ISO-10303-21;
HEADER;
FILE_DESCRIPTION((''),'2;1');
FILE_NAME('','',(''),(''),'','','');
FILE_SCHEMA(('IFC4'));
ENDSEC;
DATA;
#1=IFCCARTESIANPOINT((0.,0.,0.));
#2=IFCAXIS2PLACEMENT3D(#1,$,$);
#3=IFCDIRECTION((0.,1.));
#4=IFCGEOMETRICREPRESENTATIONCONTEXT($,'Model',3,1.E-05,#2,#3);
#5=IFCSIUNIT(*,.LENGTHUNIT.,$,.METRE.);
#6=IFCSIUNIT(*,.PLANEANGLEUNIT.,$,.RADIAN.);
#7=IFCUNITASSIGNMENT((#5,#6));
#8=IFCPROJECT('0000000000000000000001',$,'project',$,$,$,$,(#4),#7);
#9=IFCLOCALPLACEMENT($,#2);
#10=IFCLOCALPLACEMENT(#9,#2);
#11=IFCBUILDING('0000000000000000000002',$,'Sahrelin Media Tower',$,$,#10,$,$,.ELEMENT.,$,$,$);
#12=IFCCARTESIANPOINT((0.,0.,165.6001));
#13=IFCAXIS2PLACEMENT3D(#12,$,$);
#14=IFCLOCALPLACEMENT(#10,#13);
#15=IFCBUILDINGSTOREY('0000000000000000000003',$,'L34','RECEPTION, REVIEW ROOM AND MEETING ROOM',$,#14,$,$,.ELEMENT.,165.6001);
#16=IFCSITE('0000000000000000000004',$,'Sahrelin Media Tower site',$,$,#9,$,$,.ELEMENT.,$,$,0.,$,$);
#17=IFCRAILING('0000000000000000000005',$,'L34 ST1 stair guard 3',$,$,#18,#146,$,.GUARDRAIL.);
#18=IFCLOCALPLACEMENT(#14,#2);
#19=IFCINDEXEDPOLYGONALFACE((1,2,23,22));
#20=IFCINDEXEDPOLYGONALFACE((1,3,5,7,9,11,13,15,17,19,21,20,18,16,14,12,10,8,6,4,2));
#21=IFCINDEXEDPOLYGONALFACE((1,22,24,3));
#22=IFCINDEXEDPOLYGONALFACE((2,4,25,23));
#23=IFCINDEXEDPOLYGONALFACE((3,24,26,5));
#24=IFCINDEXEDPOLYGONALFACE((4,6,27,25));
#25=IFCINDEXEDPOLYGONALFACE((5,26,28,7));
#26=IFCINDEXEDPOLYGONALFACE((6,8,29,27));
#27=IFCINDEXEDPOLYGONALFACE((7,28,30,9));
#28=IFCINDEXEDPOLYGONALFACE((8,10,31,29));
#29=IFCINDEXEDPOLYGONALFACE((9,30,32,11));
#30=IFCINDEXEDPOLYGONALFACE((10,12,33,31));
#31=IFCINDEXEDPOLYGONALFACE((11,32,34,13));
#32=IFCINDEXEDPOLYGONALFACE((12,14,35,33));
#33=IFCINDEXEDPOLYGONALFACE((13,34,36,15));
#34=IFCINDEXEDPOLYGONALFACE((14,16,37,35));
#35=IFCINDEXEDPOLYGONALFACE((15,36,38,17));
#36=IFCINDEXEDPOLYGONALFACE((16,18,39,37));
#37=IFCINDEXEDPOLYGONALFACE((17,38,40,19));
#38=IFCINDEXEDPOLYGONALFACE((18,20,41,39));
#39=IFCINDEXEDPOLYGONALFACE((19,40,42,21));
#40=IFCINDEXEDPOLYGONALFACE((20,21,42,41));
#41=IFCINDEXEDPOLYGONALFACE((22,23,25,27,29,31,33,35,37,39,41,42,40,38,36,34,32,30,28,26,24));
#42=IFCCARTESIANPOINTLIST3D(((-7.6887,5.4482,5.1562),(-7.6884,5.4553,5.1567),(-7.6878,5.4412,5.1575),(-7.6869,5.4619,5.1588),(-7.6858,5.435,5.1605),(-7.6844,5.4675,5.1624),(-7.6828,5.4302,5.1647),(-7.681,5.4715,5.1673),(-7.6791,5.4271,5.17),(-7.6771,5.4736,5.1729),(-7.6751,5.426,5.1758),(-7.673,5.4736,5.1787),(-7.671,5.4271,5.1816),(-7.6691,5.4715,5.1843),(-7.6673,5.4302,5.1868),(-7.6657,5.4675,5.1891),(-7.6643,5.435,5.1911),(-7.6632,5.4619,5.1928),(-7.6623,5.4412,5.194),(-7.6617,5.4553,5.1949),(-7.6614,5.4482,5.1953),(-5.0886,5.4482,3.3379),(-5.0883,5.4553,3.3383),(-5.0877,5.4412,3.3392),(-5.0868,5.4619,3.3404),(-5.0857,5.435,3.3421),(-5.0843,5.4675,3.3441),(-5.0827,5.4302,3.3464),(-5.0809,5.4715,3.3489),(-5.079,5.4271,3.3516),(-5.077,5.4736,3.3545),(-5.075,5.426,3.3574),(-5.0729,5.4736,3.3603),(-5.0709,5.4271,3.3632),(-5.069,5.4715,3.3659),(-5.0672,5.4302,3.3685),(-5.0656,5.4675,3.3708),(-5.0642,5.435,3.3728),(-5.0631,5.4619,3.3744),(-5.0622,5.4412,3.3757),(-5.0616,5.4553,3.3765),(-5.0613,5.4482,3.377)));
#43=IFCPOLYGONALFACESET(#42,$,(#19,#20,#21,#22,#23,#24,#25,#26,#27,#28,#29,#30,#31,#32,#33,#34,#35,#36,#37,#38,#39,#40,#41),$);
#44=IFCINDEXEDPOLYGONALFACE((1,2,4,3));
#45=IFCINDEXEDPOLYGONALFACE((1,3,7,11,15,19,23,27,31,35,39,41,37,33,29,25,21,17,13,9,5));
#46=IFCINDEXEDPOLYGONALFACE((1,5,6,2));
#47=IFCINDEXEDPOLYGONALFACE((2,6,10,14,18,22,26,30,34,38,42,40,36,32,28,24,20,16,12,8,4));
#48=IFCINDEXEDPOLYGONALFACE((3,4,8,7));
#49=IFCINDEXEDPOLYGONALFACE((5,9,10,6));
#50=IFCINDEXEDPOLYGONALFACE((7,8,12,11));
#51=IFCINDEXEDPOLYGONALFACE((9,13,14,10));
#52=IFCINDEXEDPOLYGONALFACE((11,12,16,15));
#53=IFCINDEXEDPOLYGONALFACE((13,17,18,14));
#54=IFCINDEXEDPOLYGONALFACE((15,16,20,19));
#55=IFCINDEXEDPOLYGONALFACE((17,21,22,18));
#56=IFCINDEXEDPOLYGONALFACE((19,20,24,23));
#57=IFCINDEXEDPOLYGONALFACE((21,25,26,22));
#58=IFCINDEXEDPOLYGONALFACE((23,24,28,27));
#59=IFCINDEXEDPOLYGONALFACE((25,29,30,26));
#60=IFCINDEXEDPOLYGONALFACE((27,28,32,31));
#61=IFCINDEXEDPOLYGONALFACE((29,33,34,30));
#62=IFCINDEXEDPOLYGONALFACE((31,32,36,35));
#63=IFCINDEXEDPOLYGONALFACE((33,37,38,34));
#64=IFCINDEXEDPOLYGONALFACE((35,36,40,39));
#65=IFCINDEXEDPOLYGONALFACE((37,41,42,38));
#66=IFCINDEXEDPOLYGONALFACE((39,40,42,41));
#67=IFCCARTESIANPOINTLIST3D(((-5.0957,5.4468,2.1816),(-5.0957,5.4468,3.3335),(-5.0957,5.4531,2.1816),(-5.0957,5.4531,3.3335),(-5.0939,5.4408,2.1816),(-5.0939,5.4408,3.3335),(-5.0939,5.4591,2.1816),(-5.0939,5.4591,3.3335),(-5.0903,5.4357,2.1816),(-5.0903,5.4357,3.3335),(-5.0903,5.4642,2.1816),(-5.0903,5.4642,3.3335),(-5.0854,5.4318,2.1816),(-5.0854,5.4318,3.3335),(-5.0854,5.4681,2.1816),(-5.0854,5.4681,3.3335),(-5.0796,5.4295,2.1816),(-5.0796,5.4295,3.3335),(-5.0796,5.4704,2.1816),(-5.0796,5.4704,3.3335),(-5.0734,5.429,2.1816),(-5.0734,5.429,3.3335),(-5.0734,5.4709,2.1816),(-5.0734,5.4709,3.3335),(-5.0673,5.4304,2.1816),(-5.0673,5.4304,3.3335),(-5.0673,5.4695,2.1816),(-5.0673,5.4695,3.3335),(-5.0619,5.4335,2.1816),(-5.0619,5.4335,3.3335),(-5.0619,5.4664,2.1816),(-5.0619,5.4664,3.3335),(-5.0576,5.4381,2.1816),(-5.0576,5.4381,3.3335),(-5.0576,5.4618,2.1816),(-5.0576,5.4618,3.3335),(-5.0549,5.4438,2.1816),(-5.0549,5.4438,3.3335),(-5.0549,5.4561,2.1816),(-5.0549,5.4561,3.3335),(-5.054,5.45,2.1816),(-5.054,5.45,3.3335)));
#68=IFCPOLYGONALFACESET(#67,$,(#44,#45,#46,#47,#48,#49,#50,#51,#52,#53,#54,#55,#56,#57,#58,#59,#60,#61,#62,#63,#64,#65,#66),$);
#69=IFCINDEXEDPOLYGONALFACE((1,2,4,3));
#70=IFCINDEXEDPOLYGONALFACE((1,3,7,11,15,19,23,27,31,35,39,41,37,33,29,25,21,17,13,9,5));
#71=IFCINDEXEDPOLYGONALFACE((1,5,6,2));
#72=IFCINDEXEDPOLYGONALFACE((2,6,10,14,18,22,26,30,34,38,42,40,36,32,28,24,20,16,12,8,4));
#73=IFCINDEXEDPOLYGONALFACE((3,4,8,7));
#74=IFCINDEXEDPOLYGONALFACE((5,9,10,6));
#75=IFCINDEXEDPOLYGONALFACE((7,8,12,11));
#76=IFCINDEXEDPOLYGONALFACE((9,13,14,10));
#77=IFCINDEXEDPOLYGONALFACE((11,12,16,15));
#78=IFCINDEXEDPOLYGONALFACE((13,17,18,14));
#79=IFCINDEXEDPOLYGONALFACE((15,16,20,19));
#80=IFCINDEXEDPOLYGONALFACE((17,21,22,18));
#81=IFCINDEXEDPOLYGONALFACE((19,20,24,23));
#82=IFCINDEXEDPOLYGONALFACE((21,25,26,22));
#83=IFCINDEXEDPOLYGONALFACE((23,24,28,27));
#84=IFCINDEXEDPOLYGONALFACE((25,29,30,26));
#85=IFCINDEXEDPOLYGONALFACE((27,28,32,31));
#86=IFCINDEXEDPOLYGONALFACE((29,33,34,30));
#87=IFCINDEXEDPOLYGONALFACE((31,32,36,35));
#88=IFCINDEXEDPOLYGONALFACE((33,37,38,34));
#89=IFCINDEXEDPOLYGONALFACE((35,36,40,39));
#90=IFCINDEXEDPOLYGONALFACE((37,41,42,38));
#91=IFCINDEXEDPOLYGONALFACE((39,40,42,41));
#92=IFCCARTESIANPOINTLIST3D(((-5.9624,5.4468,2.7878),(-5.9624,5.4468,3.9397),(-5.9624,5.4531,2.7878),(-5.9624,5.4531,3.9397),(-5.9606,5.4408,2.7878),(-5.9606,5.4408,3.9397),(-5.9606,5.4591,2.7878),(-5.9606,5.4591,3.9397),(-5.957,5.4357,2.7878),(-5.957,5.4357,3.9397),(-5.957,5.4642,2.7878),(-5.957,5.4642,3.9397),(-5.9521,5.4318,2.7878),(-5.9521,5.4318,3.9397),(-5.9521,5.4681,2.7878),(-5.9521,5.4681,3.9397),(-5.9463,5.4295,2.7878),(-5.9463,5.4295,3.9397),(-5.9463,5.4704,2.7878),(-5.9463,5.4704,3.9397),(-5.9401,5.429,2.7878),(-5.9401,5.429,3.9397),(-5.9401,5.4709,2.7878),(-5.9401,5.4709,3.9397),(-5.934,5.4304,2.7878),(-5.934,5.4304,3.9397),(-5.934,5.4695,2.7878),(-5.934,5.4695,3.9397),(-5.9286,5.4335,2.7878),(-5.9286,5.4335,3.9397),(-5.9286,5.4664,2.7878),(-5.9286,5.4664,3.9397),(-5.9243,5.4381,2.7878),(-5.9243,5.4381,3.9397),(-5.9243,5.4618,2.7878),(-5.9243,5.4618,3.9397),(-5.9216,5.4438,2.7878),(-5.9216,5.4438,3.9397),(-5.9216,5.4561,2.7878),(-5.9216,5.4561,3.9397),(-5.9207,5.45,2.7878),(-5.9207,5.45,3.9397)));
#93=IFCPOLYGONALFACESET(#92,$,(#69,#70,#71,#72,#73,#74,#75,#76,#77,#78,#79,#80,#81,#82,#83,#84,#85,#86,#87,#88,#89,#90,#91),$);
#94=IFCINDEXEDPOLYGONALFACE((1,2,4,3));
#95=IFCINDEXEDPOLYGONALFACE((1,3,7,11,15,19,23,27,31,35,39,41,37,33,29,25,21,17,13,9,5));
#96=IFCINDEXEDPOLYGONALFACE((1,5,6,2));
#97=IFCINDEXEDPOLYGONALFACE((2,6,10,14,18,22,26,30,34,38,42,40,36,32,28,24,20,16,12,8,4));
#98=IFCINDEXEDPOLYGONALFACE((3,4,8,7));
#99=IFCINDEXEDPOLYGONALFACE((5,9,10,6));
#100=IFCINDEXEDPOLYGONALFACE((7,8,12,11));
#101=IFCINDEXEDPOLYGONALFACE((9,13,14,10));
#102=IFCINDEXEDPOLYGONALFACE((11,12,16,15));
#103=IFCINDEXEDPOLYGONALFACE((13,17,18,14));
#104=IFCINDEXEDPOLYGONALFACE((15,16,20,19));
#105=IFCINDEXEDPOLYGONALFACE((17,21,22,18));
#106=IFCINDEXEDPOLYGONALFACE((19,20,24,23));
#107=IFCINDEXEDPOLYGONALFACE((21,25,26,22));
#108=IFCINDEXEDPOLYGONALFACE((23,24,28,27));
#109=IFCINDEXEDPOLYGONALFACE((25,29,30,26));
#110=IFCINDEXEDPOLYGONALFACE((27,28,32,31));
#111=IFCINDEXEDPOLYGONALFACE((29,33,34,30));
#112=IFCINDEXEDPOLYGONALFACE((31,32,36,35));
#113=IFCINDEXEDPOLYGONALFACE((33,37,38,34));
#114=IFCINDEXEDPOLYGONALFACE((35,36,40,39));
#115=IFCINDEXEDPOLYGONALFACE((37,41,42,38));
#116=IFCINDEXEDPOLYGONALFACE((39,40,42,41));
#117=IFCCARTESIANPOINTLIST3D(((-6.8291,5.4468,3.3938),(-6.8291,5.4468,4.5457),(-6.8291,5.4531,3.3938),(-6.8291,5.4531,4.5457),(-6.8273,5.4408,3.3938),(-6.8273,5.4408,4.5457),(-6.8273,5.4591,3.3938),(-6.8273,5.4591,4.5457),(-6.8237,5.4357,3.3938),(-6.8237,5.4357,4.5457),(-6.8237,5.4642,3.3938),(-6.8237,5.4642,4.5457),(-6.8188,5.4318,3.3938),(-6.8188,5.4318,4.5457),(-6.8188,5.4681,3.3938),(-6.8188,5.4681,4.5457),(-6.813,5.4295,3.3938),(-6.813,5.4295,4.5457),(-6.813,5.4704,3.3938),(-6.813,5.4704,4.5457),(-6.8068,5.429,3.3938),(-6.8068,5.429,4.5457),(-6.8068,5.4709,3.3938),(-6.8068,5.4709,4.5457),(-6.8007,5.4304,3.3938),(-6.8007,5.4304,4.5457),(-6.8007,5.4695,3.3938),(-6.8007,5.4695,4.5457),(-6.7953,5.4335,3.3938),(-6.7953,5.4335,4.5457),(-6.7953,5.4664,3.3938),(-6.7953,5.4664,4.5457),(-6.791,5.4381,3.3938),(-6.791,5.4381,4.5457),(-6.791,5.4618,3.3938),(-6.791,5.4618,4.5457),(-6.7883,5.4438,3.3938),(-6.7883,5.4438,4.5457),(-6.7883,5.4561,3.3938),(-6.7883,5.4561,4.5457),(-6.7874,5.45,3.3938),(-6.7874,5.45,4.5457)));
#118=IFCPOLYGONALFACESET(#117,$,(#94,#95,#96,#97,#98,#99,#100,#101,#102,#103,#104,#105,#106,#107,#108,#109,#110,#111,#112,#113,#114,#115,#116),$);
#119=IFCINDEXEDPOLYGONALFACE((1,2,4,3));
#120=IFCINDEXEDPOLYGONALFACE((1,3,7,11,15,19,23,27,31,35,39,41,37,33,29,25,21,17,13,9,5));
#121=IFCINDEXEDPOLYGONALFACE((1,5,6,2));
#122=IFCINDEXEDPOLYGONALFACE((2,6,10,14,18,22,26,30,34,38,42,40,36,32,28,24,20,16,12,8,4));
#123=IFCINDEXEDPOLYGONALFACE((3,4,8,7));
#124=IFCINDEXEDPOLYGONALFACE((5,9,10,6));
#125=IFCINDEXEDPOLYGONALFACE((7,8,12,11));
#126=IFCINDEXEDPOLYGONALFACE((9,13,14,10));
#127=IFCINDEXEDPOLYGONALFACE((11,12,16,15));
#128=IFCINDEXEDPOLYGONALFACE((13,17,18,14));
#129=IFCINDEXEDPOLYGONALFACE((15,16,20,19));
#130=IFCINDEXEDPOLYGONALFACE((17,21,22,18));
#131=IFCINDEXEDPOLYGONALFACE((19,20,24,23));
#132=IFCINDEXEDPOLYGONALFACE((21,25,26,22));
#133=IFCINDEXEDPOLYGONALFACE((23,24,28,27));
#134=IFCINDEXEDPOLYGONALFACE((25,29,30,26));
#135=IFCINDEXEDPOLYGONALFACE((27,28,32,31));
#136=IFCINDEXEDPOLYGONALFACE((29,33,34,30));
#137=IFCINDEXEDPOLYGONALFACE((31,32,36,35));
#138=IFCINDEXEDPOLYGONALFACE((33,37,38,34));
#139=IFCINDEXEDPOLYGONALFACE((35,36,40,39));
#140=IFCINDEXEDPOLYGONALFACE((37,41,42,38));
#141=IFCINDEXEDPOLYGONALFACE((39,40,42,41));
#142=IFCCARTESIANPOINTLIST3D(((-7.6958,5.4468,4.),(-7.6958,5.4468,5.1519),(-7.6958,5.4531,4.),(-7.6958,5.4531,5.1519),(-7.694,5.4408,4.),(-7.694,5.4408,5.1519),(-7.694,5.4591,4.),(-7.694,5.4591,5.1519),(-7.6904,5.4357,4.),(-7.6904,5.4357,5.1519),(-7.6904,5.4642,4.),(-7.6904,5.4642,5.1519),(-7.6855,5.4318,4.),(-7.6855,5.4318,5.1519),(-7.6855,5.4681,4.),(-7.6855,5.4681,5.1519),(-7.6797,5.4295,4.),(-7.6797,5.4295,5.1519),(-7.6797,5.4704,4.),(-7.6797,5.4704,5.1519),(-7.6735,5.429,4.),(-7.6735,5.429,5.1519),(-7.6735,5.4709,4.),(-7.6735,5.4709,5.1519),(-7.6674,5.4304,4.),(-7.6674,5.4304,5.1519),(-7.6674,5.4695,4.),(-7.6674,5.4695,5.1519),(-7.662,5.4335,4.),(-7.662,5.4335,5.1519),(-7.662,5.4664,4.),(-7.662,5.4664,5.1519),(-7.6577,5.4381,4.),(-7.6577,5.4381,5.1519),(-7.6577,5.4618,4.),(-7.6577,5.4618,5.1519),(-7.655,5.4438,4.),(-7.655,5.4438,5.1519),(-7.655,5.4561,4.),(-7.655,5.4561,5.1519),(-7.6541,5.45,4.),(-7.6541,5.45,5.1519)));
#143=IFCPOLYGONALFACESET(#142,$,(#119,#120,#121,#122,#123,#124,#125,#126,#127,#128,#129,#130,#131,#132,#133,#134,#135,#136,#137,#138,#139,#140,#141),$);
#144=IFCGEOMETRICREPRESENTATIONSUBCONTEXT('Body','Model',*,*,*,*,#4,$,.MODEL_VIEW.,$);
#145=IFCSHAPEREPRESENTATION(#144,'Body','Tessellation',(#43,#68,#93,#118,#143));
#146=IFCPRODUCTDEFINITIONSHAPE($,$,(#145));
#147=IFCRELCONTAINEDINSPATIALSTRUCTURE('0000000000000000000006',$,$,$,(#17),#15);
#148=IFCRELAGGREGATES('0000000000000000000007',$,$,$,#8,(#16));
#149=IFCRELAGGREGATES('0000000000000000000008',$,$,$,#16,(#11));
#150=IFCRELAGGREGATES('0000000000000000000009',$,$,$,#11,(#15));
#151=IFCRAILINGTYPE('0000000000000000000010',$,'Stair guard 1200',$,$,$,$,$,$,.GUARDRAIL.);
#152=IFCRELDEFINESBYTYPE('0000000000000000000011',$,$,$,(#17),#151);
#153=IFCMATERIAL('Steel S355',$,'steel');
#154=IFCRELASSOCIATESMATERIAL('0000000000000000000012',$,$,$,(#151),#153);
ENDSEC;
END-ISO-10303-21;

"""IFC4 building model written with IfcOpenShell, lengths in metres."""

from ifc_helpers import new_model, si_unit, direction, frame, origin, origin_2d, place, context, subcontext, project, spatial, circle, extrude, material, type_object, element, save


model = new_model("IFC4")

# Units and contexts
model_context = context("Model", 3, precision=1e-05, world=origin(), true_north=direction((0.0, 1.0)))
body_context = subcontext(model_context, "Body", "Model", "MODEL_VIEW")
ifc_project = project(units=[si_unit("LENGTHUNIT", "METRE"), si_unit("PLANEANGLEUNIT", "RADIAN")], contexts=[model_context])

# Site, building, storey
site_placement = place(None, origin())
site = spatial("IfcSite", under=ifc_project, at=site_placement, Name="Sahrelin Media Tower site", CompositionType="ELEMENT", RefElevation=0.0)
building_placement = place(site_placement, origin())
building = spatial("IfcBuilding", under=site, at=building_placement, Name="Sahrelin Media Tower", CompositionType="ELEMENT")
storey_placement = place(building_placement, frame((0.0, 0.0, 165.6001)))
storey = spatial("IfcBuildingStorey", under=building, at=storey_placement, Name="L34", Description="RECEPTION, REVIEW ROOM AND MEETING ROOM", CompositionType="ELEMENT", Elevation=165.6001)

# Shared definitions
ifc_material_1 = material(Name="Steel S355", Category="steel")

# Railing
railing_type_1 = type_object("IfcRailingType", Name="Stair guard 1200", PredefinedType="GUARDRAIL", material=ifc_material_1)
railing_1_placement = place(storey_placement, frame((-5.075, 5.45, 2.1816)))
element("IfcRailing", 1, at=railing_1_placement, inside=storey, type_object=railing_type_1, Name="L34 ST1 stair guard 3", PredefinedType="GUARDRAIL", context=body_context, shape_type="SweptSolid", body=[
    extrude(circle(Radius=0.0239, at=origin_2d()), frame((0.0, 0.0, 1.1758), z_axis=(-0.819485, 0.0, 0.573101), x_axis=(0.0, -1.0, 0.0)), (0.0, 0.0, 1.0), 3.1729),
    extrude(circle(Radius=0.021, at=origin_2d()), origin(), (0.0, 0.0, 1.0), 1.1519),
    extrude(circle(Radius=0.021, at=origin_2d()), frame((-0.8667, 0.0, 0.6062)), (0.0, 0.0, 1.0), 1.1519),
    extrude(circle(Radius=0.021, at=origin_2d()), frame((-1.7334, 0.0, 1.2122)), (0.0, 0.0, 1.0), 1.1519),
    extrude(circle(Radius=0.021, at=origin_2d()), frame((-2.6001, 0.0, 1.8184)), (0.0, 0.0, 1.0), 1.1519),
])

save(model, "model.ifc")
